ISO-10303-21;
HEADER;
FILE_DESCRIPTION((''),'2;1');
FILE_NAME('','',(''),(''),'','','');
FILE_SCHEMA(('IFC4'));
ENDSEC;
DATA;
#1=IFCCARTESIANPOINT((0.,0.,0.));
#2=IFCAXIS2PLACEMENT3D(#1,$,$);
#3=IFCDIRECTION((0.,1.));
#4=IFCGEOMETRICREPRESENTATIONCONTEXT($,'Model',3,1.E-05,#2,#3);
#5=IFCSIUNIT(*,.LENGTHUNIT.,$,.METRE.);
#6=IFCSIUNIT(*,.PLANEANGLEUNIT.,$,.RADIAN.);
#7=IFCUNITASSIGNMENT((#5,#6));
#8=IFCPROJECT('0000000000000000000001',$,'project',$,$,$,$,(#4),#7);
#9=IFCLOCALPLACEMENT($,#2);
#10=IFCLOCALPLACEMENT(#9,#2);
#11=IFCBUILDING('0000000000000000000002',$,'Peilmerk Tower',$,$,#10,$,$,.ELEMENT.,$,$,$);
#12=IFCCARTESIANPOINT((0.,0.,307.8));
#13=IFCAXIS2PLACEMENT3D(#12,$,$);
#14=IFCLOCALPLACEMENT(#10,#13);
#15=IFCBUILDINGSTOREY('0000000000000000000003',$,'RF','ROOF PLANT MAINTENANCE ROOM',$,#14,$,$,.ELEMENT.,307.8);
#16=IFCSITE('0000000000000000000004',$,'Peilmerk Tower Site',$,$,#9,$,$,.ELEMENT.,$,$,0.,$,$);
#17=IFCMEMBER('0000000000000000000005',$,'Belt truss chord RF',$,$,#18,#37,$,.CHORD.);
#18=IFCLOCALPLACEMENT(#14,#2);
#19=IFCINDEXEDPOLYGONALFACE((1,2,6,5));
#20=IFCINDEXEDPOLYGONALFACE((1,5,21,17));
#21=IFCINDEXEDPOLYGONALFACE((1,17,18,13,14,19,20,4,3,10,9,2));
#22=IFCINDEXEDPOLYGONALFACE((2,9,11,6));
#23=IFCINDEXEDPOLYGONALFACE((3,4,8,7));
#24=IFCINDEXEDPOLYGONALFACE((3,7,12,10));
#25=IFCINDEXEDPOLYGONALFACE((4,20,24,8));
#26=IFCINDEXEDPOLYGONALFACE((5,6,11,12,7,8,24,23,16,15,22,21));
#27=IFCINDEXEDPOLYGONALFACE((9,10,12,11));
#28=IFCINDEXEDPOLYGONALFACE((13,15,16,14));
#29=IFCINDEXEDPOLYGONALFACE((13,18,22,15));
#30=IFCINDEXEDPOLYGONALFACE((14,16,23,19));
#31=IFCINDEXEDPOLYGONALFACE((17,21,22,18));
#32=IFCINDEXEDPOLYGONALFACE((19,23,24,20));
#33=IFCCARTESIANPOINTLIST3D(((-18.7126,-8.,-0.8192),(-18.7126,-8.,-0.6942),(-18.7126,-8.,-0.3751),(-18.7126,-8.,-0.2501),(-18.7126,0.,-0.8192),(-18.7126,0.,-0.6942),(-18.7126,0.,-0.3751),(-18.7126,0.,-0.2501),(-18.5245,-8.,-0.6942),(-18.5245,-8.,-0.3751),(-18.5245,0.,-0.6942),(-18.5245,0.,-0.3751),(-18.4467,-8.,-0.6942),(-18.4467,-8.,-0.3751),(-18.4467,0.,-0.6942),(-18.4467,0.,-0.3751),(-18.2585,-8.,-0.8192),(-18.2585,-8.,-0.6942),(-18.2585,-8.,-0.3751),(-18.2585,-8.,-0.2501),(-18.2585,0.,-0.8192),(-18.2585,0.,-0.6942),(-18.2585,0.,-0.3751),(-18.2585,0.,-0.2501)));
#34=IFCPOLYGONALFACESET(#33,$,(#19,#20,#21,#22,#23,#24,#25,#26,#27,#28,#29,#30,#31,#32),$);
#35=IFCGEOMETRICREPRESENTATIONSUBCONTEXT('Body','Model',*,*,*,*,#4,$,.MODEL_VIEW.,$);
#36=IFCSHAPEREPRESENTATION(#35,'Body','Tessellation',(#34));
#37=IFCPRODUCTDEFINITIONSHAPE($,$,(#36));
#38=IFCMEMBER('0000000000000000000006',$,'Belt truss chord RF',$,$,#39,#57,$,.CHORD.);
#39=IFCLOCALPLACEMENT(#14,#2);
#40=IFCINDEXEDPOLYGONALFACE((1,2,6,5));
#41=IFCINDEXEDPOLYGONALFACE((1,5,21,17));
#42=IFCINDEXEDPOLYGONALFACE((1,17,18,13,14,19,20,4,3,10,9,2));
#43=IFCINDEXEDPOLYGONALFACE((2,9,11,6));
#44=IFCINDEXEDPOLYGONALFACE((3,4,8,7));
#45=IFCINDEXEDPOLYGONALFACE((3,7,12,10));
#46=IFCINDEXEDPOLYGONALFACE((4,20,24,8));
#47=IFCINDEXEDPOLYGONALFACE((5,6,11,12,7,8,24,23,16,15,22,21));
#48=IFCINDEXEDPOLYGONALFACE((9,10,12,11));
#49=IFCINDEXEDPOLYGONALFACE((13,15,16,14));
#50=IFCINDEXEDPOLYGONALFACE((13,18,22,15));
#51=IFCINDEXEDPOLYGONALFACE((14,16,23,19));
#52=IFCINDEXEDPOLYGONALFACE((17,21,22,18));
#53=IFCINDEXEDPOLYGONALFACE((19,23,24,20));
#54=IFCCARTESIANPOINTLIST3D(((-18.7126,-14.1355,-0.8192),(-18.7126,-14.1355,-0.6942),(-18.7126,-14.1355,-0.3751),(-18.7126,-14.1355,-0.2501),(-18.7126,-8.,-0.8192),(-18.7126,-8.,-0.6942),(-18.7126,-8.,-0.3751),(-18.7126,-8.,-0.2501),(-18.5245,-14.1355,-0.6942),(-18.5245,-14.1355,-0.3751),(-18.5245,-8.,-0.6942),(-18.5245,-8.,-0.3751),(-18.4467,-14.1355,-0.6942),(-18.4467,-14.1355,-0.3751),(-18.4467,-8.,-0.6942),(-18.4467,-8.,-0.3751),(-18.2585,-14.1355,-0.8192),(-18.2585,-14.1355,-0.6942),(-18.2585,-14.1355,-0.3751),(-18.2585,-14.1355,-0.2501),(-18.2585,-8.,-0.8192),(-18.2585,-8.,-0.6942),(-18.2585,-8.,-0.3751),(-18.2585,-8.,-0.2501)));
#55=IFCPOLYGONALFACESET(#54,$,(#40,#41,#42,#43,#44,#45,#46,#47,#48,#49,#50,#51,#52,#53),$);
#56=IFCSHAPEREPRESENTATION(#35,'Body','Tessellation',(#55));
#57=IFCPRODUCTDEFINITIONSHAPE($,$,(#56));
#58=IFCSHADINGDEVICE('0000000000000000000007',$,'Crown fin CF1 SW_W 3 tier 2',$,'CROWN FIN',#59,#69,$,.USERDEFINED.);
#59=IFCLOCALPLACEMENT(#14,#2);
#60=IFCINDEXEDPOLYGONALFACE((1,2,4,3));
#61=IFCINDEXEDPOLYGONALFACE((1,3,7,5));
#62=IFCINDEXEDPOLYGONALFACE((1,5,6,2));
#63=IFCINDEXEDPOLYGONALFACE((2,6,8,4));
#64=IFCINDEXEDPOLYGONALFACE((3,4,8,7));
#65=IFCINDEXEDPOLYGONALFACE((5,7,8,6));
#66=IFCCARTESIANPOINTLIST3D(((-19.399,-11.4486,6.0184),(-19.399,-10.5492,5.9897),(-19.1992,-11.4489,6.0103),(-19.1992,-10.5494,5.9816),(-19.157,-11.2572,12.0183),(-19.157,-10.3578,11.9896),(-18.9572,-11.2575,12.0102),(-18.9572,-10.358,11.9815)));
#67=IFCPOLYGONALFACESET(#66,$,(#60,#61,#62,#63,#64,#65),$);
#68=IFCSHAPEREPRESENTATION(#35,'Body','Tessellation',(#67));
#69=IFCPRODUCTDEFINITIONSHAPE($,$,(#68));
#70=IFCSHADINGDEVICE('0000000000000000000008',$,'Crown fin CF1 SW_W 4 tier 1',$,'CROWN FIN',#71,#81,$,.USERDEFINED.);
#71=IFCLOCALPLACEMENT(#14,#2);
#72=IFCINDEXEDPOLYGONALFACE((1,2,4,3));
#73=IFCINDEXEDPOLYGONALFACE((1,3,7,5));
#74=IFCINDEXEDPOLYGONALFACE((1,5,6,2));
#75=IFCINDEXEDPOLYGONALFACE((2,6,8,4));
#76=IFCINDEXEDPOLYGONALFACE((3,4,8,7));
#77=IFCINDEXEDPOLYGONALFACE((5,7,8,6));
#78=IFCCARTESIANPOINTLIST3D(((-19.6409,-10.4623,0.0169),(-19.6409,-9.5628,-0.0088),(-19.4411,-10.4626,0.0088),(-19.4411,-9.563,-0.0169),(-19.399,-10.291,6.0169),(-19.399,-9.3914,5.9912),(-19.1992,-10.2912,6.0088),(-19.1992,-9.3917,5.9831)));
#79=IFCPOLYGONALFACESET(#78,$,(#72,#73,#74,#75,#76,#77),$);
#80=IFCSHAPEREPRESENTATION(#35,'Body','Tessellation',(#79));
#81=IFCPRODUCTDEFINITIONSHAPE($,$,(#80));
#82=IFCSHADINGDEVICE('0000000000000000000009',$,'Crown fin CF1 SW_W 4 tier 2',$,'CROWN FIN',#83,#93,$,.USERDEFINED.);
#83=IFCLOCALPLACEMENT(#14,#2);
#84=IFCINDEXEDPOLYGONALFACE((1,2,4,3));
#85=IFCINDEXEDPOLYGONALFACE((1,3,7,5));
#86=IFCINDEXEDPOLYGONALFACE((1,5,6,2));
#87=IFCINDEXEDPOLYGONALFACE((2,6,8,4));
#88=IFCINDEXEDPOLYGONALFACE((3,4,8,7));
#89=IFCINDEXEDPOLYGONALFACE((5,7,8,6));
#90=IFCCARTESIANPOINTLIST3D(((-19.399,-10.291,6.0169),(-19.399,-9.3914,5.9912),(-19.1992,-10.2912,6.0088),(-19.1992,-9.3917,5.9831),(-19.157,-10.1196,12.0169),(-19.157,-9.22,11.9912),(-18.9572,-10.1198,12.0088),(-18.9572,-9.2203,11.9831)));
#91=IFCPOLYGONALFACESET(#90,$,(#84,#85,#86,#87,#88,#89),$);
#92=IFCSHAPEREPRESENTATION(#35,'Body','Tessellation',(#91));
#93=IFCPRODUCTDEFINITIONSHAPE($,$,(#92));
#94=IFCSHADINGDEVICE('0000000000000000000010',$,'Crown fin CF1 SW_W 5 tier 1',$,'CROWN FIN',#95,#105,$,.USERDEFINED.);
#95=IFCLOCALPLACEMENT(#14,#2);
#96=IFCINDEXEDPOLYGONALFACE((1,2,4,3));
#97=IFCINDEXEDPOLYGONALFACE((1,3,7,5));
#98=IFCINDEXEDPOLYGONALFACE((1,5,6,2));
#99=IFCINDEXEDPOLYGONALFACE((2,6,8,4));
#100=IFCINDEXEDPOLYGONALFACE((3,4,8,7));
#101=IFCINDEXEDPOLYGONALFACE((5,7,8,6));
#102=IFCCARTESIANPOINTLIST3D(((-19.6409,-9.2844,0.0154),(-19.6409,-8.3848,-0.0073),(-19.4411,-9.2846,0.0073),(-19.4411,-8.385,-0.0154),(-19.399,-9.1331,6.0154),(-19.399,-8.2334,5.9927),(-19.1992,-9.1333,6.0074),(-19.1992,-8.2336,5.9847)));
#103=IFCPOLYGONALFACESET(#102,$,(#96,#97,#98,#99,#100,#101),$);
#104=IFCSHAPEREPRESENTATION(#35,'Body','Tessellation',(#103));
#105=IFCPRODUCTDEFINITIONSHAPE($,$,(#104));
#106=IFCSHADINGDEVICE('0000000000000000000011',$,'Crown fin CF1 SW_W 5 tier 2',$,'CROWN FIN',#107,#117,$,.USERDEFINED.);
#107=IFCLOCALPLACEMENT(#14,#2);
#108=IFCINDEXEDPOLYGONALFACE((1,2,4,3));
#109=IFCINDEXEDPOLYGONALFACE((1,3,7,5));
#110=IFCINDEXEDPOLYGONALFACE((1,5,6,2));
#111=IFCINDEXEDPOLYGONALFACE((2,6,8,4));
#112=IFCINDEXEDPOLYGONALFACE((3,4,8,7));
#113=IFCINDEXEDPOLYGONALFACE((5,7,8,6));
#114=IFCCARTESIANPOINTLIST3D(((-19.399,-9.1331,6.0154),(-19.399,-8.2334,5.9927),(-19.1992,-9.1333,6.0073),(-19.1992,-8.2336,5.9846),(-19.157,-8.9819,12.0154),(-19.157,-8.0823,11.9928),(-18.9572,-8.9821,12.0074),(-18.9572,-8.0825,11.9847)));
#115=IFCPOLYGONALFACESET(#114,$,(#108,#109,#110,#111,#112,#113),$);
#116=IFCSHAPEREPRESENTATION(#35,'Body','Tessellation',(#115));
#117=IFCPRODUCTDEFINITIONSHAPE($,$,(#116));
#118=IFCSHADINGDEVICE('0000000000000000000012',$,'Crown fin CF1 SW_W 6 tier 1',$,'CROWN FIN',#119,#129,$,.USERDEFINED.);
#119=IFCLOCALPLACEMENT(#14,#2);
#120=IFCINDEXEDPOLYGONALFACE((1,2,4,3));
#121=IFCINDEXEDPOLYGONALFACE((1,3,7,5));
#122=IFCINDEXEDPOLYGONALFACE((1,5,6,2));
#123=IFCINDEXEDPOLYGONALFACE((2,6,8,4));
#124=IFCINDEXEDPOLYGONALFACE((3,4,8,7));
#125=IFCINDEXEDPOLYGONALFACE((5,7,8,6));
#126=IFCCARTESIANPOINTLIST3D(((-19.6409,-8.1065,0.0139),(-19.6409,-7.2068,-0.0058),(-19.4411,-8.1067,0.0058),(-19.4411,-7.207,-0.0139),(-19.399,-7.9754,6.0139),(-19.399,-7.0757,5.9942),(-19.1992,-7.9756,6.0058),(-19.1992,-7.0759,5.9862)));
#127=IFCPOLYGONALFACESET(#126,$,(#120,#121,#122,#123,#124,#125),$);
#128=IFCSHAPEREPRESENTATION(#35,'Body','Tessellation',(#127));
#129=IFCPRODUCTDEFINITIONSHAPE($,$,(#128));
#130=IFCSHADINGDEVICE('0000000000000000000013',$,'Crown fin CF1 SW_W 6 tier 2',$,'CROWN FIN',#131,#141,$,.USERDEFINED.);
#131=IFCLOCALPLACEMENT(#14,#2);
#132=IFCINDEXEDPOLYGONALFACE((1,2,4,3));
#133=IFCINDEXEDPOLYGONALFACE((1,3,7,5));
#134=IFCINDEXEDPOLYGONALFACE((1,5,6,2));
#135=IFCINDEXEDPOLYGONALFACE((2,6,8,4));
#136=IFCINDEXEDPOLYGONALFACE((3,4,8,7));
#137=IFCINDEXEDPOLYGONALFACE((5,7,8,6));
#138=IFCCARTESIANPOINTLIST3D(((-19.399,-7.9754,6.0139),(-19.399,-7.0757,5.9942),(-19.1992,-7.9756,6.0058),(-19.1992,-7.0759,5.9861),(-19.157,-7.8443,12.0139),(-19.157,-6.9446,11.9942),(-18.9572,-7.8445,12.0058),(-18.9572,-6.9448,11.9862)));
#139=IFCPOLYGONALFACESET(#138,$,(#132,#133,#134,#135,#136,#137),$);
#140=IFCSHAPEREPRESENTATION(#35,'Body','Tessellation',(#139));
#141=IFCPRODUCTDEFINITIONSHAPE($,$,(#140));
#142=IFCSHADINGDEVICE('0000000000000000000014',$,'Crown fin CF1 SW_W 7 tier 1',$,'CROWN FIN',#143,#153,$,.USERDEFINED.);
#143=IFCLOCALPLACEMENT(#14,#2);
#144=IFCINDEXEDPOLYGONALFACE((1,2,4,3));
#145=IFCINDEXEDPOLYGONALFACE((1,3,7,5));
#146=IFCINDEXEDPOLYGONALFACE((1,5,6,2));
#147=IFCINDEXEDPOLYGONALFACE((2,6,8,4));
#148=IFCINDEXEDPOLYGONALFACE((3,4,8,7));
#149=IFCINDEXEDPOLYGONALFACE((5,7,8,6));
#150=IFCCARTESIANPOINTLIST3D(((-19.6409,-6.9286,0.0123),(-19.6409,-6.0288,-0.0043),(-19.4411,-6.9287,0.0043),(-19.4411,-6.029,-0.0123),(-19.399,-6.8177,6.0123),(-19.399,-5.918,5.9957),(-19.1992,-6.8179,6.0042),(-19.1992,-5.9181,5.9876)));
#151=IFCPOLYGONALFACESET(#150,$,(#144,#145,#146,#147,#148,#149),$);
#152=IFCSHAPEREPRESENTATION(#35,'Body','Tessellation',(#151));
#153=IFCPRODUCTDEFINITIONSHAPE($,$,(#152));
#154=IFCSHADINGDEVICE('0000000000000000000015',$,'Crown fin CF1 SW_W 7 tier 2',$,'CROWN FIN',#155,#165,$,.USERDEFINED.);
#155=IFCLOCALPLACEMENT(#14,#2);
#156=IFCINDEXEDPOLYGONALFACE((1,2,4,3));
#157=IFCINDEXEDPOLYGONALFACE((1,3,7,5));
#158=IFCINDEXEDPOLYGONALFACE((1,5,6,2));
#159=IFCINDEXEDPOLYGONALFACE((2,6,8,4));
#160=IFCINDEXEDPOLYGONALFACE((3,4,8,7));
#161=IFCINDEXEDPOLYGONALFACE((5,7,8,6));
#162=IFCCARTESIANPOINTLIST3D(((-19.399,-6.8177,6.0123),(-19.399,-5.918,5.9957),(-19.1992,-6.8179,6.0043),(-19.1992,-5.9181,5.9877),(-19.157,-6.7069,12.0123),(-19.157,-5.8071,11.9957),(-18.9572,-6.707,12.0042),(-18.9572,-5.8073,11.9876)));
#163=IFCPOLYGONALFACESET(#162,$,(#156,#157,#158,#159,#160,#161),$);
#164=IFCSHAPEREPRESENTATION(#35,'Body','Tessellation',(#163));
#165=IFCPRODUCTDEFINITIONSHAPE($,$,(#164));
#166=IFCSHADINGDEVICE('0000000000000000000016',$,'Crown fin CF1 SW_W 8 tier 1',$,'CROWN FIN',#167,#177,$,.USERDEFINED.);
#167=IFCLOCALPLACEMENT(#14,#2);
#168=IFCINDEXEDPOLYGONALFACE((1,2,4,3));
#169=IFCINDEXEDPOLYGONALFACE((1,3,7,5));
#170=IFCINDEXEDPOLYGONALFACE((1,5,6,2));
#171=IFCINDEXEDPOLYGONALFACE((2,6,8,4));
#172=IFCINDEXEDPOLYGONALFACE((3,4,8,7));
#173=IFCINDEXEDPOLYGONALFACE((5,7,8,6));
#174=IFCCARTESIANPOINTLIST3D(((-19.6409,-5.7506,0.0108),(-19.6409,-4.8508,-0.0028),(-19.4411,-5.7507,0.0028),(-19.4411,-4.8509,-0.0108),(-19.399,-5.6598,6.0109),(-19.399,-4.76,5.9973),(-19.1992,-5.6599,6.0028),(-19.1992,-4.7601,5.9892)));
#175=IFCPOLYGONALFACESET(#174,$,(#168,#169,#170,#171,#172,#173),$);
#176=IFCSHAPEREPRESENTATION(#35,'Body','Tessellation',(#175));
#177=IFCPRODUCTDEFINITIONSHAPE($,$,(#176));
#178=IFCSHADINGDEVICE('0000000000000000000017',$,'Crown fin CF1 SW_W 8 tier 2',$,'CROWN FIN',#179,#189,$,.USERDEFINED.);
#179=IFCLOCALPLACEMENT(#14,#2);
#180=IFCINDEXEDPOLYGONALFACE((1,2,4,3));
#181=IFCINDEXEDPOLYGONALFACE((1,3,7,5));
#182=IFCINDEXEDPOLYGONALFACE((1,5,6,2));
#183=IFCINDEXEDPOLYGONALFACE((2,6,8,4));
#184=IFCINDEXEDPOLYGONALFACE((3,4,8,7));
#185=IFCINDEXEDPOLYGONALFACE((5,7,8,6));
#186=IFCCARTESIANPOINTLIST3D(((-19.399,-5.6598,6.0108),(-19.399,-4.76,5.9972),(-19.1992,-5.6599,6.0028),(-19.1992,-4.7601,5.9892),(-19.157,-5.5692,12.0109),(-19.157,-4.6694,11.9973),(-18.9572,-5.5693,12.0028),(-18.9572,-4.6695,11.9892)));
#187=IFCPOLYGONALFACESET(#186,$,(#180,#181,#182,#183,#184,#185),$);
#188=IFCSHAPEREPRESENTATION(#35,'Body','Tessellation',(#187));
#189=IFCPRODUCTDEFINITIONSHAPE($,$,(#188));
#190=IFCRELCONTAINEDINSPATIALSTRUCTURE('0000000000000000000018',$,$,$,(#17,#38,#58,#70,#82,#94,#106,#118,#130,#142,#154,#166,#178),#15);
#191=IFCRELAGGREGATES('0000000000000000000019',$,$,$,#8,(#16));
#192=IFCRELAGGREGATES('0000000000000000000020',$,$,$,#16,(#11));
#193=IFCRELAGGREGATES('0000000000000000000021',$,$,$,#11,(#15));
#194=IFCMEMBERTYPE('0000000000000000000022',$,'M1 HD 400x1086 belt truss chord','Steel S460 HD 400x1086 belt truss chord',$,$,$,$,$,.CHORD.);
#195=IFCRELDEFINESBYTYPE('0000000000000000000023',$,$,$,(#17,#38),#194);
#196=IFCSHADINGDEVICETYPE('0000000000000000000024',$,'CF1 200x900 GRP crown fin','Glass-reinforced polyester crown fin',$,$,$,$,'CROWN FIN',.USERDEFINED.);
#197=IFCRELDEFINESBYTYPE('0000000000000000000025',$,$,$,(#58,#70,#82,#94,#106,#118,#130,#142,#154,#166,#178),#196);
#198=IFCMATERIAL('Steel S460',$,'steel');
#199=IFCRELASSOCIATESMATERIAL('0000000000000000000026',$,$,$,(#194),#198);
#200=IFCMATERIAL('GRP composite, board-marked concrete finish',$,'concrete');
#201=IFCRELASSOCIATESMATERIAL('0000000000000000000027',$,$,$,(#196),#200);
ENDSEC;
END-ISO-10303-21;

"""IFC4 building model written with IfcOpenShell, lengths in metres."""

from ifc_helpers import new_model, si_unit, direction, frame, origin, origin_2d, place, context, subcontext, project, spatial, rectangle, i_section, extrude, source, transform, mapped, material, material_profile, profile_set, type_object, element, save


model = new_model("IFC4")

# Units and contexts
model_context = context("Model", 3, precision=1e-05, world=origin(), true_north=direction((0.0, 1.0)))
body_context = subcontext(model_context, "Body", "Model", "MODEL_VIEW")
ifc_project = project(units=[si_unit("LENGTHUNIT", "METRE"), si_unit("PLANEANGLEUNIT", "RADIAN")], contexts=[model_context])

# Site, building, storey
site_placement = place(None, origin())
site = spatial("IfcSite", under=ifc_project, at=site_placement, Name="Peilmerk Tower Site", CompositionType="ELEMENT", RefElevation=0.0)
building_placement = place(site_placement, origin())
building = spatial("IfcBuilding", under=site, at=building_placement, Name="Peilmerk Tower", CompositionType="ELEMENT")
storey_placement = place(building_placement, frame((0.0, 0.0, 307.8)))
storey = spatial("IfcBuildingStorey", under=building, at=storey_placement, Name="RF", Description="ROOF PLANT MAINTENANCE ROOM", CompositionType="ELEMENT", Elevation=307.8)

# Members
ifc_material_1 = material(Name="Steel S460", Category="steel")
ifc_material_profile_1 = material_profile(ifc_material_1, i_section(OverallWidth=0.4541, OverallDepth=0.5691, WebThickness=0.0779, FlangeThickness=0.125, at=origin_2d()), Name="HD 400x1086")
ifc_profile_set_1 = profile_set([ifc_material_profile_1], Name="Steel S460")
member_type = type_object("IfcMemberType", Name="M1 HD 400x1086 belt truss chord", Description="Steel S460 HD 400x1086 belt truss chord", PredefinedType="CHORD", material=ifc_profile_set_1)
member_1_placement = place(storey_placement, frame((-18.4856, 0.0, -0.5347), z_axis=(0.0, -1.0, 0.0), x_axis=(1.0, 0.0, 0.0)))
element("IfcMember", 1, at=member_1_placement, inside=storey, type_object=member_type, Name="Belt truss chord RF", PredefinedType="CHORD", context=body_context, shape_type="SweptSolid", body=[
    extrude(i_section(OverallWidth=0.4541, OverallDepth=0.5691, WebThickness=0.0779, FlangeThickness=0.125, at=origin_2d()), origin(), (0.0, 0.0, 1.0), 8.0),
])
member_2_placement = place(storey_placement, frame((-18.4856, -8.0, -0.5347), z_axis=(0.0, -1.0, 0.0), x_axis=(1.0, 0.0, 0.0)))
element("IfcMember", 2, at=member_2_placement, inside=storey, type_object=member_type, Name="Belt truss chord RF", PredefinedType="CHORD", context=body_context, shape_type="SweptSolid", body=[
    extrude(i_section(OverallWidth=0.4541, OverallDepth=0.5691, WebThickness=0.0779, FlangeThickness=0.125, at=origin_2d()), origin(), (0.0, 0.0, 1.0), 6.1355),
])

# Shading devices
ifc_material_2 = material(Name="GRP composite, board-marked concrete finish", Category="concrete")
ifc_material_profile_2 = material_profile(ifc_material_2, rectangle(XDim=0.2, YDim=0.8999, at=origin_2d()), Name="CF1 200x900")
ifc_profile_set_2 = profile_set([ifc_material_profile_2], Name="GRP composite, board-marked concrete finish")
shading_device_type = type_object("IfcShadingDeviceType", Name="CF1 200x900 GRP crown fin", Description="Glass-reinforced polyester crown fin", ElementType="CROWN FIN", PredefinedType="USERDEFINED", material=ifc_profile_set_2)
shared_shape_1 = source(origin(), body_context, "Body", "SweptSolid", [
    extrude(rectangle(XDim=0.2, YDim=0.8999, at=origin_2d()), origin(), (0.0, 0.0, 1.0), 6.0078),
])
shading_device_placement = place(storey_placement, frame((-19.2991, -10.999, 6.0), z_axis=(0.040271, 0.031859, 0.998681), x_axis=(-0.999189, 0.001284, 0.04025)))
element("IfcShadingDevice", 3, at=shading_device_placement, inside=storey, type_object=shading_device_type, Name="Crown fin CF1 SW_W 3 tier 2", ObjectType="CROWN FIN", PredefinedType="USERDEFINED", context=body_context, shape_type="MappedRepresentation", body=[
    mapped(shared_shape_1, transform((0.0, 0.0, 0.0), scale=1.0)),
])
shared_shape_2 = source(origin(), body_context, "Body", "SweptSolid", [
    extrude(rectangle(XDim=0.2, YDim=0.8999, at=origin_2d()), origin(), (0.0, 0.0, 1.0), 6.0073),
])
for number, where, z_axis, x_axis, name in (
    (4, (-19.541, -10.0127, 0.0), (0.040275, 0.02853, 0.998781), (-0.999189, 0.00115, 0.040258), "Crown fin CF1 SW_W 4 tier 1"),
    (5, (-19.2991, -9.8413, 6.0), (0.040275, 0.02853, 0.998781), (-0.999189, 0.00115, 0.040258), "Crown fin CF1 SW_W 4 tier 2"),
):
    element("IfcShadingDevice", number, at=place(storey_placement, frame(where, z_axis=z_axis, x_axis=x_axis)), inside=storey, type_object=shading_device_type, Name=name, ObjectType="CROWN FIN", PredefinedType="USERDEFINED", context=body_context, shape_type="MappedRepresentation", body=[
        mapped(shared_shape_2, transform((0.0, 0.0, 0.0), scale=1.0)),
    ])
shared_shape_3 = source(origin(), body_context, "Body", "SweptSolid", [
    extrude(rectangle(XDim=0.2, YDim=0.8999, at=origin_2d()), origin(), (0.0, 0.0, 1.0), 6.0068),
])
for number, where, z_axis, x_axis, name in (
    (6, (-19.541, -8.8347, 0.0), (0.040278, 0.025199, 0.998871), (-0.999188, 0.001016, 0.040266), "Crown fin CF1 SW_W 5 tier 1"),
    (7, (-19.2991, -8.6833, 6.0), (0.040278, 0.025159, 0.998872), (-0.999188, 0.001014, 0.040266), "Crown fin CF1 SW_W 5 tier 2"),
):
    element("IfcShadingDevice", number, at=place(storey_placement, frame(where, z_axis=z_axis, x_axis=x_axis)), inside=storey, type_object=shading_device_type, Name=name, ObjectType="CROWN FIN", PredefinedType="USERDEFINED", context=body_context, shape_type="MappedRepresentation", body=[
        mapped(shared_shape_3, transform((0.0, 0.0, 0.0), scale=1.0)),
    ])
shared_shape_4 = source(origin(), body_context, "Body", "SweptSolid", [
    extrude(rectangle(XDim=0.2, YDim=0.8999, at=origin_2d()), origin(), (0.0, 0.0, 1.0), 6.0063),
])
for number, where, z_axis, x_axis, name in (
    (8, (-19.541, -7.6567, 0.0), (0.040282, 0.021828, 0.99895), (-0.999188, 0.00088, 0.040272), "Crown fin CF1 SW_W 6 tier 1"),
    (9, (-19.2991, -7.5256, 6.0), (0.040282, 0.021828, 0.99895), (-0.999188, 0.00088, 0.040272), "Crown fin CF1 SW_W 6 tier 2"),
):
    element("IfcShadingDevice", number, at=place(storey_placement, frame(where, z_axis=z_axis, x_axis=x_axis)), inside=storey, type_object=shading_device_type, Name=name, ObjectType="CROWN FIN", PredefinedType="USERDEFINED", context=body_context, shape_type="MappedRepresentation", body=[
        mapped(shared_shape_4, transform((0.0, 0.0, 0.0), scale=1.0)),
    ])
shared_shape_5 = source(origin(), body_context, "Body", "SweptSolid", [
    extrude(rectangle(XDim=0.2, YDim=0.8999, at=origin_2d()), origin(), (0.0, 0.0, 1.0), 6.0059),
])
for number, where, z_axis, x_axis, name in (
    (10, (-19.541, -6.4788, 0.0), (0.040284, 0.018455, 0.999018), (-0.999188, 0.000744, 0.040277), "Crown fin CF1 SW_W 7 tier 1"),
    (11, (-19.2991, -6.3679, 6.0), (0.040284, 0.018455, 0.999018), (-0.999188, 0.000744, 0.040277), "Crown fin CF1 SW_W 7 tier 2"),
):
    element("IfcShadingDevice", number, at=place(storey_placement, frame(where, z_axis=z_axis, x_axis=x_axis)), inside=storey, type_object=shading_device_type, Name=name, ObjectType="CROWN FIN", PredefinedType="USERDEFINED", context=body_context, shape_type="MappedRepresentation", body=[
        mapped(shared_shape_5, transform((0.0, 0.0, 0.0), scale=1.0)),
    ])
shared_shape_6 = source(origin(), body_context, "Body", "SweptSolid", [
    extrude(rectangle(XDim=0.2, YDim=0.8999, at=origin_2d()), origin(), (0.0, 0.0, 1.0), 6.0056),
])
for number, where, z_axis, x_axis, name in (
    (12, (-19.541, -5.3008, 0.0), (0.040287, 0.015123, 0.999074), (-0.999188, 0.00061, 0.040282), "Crown fin CF1 SW_W 8 tier 1"),
    (13, (-19.2991, -5.21, 6.0), (0.040287, 0.015082, 0.999074), (-0.999188, 0.000608, 0.040282), "Crown fin CF1 SW_W 8 tier 2"),
):
    element("IfcShadingDevice", number, at=place(storey_placement, frame(where, z_axis=z_axis, x_axis=x_axis)), inside=storey, type_object=shading_device_type, Name=name, ObjectType="CROWN FIN", PredefinedType="USERDEFINED", context=body_context, shape_type="MappedRepresentation", body=[
        mapped(shared_shape_6, transform((0.0, 0.0, 0.0), scale=1.0)),
    ])

save(model, "model.ifc")
